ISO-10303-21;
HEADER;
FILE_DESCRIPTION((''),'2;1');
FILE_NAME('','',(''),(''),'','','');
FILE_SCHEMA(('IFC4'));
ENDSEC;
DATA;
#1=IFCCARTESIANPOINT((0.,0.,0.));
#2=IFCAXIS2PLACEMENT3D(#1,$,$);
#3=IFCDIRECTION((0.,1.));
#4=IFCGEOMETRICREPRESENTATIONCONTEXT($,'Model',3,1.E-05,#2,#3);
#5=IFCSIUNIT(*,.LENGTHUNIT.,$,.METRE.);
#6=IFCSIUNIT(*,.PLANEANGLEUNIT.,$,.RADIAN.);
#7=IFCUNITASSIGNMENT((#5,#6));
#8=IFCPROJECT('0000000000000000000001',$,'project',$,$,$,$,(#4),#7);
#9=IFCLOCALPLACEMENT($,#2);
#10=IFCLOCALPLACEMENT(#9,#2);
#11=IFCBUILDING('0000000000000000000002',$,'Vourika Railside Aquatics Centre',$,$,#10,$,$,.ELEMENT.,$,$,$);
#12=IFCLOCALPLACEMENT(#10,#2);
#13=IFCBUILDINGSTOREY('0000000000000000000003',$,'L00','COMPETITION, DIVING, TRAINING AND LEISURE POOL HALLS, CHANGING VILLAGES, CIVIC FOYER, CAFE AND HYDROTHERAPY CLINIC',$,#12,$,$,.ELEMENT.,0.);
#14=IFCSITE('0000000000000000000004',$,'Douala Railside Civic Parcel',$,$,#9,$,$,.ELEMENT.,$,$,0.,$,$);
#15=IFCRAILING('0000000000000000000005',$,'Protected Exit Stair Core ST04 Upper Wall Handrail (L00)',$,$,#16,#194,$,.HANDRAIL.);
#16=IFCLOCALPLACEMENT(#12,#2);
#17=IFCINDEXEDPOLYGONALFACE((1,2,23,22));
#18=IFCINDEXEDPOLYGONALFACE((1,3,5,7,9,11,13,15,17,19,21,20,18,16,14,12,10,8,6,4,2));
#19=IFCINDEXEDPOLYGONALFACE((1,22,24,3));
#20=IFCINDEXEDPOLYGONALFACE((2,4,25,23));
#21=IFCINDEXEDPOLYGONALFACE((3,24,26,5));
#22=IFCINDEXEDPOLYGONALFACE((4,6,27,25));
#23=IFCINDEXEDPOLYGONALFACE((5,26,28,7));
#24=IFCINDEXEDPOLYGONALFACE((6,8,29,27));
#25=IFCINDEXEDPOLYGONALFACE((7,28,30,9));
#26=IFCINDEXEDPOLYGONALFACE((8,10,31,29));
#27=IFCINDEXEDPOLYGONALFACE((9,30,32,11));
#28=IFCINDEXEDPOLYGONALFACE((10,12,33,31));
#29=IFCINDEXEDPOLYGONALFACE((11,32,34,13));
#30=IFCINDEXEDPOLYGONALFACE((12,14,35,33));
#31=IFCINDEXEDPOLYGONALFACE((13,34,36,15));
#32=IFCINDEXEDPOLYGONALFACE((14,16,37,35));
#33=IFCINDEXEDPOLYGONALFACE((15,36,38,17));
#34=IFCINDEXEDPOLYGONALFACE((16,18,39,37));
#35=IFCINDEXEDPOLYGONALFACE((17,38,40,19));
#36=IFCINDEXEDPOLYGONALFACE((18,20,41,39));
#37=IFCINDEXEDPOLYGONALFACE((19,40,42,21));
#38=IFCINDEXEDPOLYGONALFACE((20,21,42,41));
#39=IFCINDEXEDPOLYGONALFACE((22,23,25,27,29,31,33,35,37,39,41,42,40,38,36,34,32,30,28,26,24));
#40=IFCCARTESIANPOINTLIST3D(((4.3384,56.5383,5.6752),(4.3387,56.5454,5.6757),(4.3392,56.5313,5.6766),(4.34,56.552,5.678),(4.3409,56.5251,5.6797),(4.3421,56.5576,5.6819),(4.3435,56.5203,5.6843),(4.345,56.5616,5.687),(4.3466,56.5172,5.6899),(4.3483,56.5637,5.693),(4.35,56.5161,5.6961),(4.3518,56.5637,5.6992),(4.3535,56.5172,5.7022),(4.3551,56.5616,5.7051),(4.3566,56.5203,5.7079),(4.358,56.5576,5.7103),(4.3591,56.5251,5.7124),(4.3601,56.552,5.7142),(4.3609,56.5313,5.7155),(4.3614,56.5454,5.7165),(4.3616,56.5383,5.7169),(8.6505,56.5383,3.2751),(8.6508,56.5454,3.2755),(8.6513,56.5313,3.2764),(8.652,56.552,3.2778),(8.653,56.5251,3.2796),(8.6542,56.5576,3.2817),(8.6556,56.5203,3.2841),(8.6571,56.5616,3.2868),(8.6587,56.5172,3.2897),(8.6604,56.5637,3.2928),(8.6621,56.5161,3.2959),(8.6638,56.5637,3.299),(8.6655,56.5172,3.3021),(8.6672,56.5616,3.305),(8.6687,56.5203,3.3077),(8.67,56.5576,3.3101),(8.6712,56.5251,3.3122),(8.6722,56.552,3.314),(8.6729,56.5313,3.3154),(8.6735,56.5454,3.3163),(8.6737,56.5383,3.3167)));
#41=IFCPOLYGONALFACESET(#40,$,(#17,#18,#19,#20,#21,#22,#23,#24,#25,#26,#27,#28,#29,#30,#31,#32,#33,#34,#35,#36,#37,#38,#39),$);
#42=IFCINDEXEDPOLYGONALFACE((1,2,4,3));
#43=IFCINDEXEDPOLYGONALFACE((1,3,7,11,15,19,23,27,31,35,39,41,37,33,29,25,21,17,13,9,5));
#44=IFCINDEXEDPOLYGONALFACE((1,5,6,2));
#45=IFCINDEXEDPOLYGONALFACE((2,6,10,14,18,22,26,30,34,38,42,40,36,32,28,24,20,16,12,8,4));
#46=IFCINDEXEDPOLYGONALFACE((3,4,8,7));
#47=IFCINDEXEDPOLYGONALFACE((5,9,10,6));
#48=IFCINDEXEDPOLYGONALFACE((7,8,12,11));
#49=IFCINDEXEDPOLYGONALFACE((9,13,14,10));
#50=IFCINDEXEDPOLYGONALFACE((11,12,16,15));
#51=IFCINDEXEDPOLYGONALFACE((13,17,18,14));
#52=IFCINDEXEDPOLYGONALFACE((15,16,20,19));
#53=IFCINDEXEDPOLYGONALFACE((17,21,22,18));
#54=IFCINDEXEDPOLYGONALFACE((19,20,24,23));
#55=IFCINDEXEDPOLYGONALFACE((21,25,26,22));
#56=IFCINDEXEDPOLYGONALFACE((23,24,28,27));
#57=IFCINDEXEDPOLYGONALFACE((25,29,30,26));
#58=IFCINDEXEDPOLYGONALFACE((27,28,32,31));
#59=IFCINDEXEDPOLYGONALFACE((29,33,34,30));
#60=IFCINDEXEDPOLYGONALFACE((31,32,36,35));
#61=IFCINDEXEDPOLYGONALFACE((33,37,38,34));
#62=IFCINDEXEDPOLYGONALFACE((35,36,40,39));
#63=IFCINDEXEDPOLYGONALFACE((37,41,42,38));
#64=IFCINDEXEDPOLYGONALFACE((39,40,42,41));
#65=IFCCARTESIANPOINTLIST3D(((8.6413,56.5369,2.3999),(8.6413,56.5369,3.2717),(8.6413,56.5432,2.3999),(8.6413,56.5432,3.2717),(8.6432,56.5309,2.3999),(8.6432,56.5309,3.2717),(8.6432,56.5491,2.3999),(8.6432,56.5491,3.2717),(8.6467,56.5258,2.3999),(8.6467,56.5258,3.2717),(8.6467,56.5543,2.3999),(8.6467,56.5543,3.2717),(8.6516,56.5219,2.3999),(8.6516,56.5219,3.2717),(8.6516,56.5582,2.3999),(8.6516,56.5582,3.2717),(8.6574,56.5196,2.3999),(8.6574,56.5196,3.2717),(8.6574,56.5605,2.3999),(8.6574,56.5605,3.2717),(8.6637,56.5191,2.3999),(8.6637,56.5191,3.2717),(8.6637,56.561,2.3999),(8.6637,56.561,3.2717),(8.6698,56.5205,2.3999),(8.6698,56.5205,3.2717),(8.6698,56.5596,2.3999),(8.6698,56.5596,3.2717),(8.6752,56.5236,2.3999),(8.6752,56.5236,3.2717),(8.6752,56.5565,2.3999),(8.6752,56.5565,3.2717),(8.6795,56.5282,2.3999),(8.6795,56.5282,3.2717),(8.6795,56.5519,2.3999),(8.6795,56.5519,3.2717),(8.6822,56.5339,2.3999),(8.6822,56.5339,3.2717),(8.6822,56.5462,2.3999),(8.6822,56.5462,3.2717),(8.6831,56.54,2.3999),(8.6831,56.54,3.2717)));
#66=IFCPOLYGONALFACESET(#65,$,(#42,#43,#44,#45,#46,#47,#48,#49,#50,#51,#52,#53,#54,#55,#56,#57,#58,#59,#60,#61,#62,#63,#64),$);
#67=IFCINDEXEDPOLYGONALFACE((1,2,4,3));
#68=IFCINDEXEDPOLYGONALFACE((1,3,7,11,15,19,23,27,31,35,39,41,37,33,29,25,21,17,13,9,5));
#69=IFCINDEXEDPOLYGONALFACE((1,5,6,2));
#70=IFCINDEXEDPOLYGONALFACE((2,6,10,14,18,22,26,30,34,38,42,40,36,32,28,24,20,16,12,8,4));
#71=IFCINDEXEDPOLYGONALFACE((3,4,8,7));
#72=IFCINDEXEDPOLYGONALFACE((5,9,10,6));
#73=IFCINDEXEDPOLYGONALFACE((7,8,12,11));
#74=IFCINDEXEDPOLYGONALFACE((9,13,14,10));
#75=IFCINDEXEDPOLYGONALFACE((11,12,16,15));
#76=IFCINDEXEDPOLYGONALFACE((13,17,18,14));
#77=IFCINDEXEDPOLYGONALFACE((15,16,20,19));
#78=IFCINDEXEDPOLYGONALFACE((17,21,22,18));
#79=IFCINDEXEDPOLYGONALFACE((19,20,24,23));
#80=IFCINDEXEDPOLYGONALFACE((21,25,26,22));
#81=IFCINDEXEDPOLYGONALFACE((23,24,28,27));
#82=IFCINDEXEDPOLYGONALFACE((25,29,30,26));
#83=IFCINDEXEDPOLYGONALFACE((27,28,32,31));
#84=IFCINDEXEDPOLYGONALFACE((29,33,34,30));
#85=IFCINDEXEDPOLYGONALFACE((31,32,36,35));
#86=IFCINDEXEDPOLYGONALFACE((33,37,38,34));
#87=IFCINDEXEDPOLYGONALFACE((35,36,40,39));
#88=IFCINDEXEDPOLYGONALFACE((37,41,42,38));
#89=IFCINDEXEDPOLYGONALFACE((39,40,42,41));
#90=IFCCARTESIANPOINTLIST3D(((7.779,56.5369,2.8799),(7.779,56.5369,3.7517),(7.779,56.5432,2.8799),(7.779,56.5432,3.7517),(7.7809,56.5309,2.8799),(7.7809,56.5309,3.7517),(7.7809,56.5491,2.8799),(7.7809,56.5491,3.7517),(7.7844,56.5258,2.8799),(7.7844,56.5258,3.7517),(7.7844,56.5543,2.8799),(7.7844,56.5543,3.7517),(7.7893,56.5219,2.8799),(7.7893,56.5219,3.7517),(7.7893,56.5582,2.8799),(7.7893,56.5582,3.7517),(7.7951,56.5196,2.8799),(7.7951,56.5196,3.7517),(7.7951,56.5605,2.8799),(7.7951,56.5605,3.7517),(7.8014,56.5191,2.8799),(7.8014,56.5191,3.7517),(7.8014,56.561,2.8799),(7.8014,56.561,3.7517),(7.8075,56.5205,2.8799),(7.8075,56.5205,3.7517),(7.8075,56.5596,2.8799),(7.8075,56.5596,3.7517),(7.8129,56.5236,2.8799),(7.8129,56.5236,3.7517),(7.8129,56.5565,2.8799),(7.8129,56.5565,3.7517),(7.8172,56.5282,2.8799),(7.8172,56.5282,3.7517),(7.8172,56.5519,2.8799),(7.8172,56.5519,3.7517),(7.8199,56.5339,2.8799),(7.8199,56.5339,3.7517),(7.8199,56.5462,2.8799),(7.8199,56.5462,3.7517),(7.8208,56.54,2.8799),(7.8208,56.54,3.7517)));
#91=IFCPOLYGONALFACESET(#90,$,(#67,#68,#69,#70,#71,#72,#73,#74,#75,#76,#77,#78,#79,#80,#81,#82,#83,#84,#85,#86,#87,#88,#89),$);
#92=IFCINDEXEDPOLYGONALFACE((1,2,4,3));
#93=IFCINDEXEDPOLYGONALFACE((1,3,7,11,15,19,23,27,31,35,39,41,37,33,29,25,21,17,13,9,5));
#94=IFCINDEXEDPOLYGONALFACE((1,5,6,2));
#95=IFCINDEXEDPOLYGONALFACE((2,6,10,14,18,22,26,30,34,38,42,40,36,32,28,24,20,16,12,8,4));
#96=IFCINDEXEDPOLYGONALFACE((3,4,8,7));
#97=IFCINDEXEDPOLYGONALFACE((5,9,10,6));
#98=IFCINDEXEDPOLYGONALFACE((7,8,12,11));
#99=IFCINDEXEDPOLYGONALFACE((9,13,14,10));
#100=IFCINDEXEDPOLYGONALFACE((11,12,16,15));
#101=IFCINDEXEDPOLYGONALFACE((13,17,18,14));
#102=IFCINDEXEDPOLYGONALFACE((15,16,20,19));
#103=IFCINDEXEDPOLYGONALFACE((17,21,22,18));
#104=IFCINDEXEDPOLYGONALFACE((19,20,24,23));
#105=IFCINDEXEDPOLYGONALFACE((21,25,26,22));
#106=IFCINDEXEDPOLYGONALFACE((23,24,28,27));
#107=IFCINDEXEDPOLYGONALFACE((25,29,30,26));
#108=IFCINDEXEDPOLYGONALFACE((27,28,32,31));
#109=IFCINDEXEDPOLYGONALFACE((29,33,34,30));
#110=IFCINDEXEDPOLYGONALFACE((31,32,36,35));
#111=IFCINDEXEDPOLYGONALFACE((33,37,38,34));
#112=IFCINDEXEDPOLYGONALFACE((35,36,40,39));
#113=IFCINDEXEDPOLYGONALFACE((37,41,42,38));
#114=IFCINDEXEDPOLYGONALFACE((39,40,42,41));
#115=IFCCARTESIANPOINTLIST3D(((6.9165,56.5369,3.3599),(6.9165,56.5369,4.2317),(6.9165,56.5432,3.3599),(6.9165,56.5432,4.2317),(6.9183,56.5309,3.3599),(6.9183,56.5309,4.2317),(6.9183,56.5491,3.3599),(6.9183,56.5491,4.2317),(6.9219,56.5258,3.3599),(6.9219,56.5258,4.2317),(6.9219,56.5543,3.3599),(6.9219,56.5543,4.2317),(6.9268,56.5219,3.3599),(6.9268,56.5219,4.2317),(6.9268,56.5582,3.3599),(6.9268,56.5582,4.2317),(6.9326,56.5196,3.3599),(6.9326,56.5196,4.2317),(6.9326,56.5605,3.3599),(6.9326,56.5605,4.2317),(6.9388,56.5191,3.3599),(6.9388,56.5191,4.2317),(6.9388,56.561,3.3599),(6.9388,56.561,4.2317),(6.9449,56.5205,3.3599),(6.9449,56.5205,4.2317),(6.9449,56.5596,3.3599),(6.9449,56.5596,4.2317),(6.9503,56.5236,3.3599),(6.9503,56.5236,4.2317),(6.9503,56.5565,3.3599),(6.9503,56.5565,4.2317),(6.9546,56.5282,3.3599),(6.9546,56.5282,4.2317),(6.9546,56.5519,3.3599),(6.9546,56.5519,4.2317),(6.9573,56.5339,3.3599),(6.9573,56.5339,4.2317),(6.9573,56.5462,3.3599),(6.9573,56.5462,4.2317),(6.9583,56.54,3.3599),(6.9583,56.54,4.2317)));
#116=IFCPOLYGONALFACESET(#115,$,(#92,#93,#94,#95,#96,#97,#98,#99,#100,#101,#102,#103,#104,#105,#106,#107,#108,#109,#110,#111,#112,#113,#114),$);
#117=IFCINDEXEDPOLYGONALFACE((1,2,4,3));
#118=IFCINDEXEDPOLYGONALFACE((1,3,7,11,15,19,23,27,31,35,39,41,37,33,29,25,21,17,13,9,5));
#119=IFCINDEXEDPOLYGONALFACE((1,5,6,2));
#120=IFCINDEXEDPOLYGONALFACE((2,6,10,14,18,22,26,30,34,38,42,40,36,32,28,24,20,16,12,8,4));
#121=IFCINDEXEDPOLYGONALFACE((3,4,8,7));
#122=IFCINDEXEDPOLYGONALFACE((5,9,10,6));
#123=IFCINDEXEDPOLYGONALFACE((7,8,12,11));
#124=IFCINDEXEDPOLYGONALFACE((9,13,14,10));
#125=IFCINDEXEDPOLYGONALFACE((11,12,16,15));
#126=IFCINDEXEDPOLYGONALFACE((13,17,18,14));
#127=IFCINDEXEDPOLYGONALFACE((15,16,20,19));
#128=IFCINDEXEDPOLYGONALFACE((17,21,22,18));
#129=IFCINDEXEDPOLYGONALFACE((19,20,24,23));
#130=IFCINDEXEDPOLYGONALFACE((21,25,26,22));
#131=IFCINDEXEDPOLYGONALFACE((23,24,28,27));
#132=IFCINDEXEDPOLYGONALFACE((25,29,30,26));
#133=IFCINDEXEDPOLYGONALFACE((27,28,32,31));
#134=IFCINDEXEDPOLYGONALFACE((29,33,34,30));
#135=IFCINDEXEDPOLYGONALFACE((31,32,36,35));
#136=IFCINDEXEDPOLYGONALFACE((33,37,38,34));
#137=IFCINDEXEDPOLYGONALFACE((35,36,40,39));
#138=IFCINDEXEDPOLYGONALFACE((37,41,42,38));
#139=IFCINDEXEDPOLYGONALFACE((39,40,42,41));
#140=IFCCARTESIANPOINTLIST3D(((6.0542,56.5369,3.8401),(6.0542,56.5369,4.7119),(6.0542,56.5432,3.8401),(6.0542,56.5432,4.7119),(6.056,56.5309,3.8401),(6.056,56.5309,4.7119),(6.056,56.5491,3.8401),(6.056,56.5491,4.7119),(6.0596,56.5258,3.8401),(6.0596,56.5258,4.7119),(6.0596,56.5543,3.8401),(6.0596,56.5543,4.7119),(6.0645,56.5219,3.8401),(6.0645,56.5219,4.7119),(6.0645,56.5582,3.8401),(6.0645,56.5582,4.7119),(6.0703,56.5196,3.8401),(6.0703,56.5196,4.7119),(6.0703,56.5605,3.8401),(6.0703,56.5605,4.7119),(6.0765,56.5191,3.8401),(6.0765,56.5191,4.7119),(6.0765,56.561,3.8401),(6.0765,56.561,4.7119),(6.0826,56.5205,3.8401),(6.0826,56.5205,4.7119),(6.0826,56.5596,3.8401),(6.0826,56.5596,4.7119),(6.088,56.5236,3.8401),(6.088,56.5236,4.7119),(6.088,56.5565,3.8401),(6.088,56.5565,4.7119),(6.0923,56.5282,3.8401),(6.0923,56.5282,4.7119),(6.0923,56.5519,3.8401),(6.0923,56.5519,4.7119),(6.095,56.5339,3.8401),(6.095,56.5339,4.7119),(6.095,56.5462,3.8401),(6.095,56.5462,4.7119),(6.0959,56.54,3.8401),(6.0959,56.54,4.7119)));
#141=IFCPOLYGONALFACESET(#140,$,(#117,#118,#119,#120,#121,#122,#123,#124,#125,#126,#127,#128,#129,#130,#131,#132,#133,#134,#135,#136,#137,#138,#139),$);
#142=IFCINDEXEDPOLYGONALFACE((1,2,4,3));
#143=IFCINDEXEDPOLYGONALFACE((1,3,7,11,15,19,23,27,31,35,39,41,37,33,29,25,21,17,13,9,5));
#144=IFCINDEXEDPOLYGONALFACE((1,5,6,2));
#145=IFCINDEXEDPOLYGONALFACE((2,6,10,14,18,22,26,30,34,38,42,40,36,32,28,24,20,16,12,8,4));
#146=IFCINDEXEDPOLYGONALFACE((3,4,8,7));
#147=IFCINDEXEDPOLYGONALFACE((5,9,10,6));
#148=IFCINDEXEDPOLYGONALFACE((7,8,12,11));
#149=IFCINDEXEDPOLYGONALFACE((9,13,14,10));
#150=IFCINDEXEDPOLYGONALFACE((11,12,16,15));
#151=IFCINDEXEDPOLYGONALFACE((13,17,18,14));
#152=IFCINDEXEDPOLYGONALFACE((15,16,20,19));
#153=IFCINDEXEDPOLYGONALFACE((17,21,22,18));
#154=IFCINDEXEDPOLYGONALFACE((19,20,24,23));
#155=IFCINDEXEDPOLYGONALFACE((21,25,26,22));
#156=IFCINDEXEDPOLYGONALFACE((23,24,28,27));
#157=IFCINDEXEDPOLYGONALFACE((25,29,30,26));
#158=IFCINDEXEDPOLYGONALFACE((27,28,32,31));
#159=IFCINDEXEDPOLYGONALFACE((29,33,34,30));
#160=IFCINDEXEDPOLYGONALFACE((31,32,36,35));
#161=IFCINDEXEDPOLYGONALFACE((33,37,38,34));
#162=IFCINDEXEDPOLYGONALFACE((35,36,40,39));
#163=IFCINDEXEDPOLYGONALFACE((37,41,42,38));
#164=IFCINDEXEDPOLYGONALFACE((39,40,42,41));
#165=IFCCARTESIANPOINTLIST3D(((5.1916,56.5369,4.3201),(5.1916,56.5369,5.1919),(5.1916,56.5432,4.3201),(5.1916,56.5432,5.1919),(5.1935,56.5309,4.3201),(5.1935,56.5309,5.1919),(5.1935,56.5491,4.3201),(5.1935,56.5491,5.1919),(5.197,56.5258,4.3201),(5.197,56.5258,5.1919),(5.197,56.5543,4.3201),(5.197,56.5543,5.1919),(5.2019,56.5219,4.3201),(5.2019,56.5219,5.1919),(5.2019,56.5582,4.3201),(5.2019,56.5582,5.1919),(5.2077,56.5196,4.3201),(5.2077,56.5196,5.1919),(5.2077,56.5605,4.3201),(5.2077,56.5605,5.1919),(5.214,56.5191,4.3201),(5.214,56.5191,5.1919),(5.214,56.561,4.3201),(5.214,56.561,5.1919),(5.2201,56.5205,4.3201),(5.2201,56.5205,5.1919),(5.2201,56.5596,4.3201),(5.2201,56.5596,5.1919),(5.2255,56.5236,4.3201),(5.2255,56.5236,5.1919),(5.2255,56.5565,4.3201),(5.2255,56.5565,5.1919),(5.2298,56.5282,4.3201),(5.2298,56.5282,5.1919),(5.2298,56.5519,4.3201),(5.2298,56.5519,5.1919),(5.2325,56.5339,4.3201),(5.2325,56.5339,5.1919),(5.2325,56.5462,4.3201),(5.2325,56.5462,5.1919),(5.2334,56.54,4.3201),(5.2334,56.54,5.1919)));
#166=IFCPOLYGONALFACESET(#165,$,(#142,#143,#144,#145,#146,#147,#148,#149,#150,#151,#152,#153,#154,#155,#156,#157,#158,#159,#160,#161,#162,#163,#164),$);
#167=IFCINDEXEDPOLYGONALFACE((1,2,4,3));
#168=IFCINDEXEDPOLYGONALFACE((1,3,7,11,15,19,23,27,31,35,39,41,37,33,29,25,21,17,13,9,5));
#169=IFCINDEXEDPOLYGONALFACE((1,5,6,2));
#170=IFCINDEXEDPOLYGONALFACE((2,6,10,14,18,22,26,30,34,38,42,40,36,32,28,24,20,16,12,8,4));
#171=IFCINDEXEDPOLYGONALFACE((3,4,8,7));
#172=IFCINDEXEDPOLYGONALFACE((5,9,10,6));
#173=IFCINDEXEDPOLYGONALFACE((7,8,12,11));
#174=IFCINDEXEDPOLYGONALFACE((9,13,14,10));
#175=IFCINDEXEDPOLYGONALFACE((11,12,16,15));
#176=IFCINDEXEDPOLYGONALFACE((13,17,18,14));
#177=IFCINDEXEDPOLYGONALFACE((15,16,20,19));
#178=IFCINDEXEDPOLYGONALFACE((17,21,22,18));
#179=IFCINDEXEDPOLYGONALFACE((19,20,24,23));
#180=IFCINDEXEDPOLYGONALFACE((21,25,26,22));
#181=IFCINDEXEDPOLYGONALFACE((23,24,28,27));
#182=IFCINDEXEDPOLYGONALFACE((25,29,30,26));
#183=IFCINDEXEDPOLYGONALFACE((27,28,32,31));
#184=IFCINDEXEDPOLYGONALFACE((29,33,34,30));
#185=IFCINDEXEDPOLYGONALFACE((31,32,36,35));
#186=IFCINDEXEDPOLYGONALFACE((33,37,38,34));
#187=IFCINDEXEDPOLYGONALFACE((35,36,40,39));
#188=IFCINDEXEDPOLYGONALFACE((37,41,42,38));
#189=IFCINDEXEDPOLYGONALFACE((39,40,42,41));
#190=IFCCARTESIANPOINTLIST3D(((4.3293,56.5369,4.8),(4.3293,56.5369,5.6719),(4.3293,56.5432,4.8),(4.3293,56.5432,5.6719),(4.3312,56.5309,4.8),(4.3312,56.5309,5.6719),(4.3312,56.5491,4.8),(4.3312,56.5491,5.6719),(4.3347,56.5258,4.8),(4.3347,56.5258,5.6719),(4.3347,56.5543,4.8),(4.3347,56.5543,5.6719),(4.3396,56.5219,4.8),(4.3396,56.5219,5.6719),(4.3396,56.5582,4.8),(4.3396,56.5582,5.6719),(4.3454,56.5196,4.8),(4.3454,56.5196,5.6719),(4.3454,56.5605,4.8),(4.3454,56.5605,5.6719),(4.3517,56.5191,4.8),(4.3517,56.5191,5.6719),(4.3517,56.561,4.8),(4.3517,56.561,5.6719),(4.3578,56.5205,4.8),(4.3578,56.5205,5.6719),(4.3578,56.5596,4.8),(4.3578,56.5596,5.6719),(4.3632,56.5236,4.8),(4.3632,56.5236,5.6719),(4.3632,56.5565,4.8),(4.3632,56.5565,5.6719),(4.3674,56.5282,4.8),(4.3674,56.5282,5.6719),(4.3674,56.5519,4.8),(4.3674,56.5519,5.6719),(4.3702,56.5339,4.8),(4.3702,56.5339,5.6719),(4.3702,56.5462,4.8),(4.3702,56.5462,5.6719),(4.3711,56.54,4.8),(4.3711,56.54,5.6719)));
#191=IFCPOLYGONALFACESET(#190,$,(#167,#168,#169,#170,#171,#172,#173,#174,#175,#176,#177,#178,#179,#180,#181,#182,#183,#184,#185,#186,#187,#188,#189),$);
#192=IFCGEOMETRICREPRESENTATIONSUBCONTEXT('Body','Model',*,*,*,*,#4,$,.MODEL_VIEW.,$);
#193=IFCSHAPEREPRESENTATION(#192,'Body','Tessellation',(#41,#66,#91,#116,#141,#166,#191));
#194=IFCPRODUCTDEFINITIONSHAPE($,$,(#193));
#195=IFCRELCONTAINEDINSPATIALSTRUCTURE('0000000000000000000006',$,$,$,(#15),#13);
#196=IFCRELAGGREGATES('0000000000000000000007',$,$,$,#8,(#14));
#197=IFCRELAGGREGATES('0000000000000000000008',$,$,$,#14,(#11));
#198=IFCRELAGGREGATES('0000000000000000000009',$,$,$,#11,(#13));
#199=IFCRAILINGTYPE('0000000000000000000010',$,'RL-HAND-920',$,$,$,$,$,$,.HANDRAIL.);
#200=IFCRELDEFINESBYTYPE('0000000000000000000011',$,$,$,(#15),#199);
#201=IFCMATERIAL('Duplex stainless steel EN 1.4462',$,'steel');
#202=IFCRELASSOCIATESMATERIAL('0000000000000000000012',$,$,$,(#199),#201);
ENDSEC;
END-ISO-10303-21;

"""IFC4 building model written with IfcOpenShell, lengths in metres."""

from ifc_helpers import new_model, si_unit, direction, frame, origin, origin_2d, place, context, subcontext, project, spatial, circle, extrude, material, type_object, element, save


model = new_model("IFC4")

# Units and contexts
model_context = context("Model", 3, precision=1e-05, world=origin(), true_north=direction((0.0, 1.0)))
body_context = subcontext(model_context, "Body", "Model", "MODEL_VIEW")
ifc_project = project(units=[si_unit("LENGTHUNIT", "METRE"), si_unit("PLANEANGLEUNIT", "RADIAN")], contexts=[model_context])

# Site, building, storey
site_placement = place(None, origin())
site = spatial("IfcSite", under=ifc_project, at=site_placement, Name="Douala Railside Civic Parcel", CompositionType="ELEMENT", RefElevation=0.0)
building_placement = place(site_placement, origin())
building = spatial("IfcBuilding", under=site, at=building_placement, Name="Vourika Railside Aquatics Centre", CompositionType="ELEMENT")
storey_placement = place(building_placement, origin())
storey = spatial("IfcBuildingStorey", under=building, at=storey_placement, Name="L00", Description="COMPETITION, DIVING, TRAINING AND LEISURE POOL HALLS, CHANGING VILLAGES, CIVIC FOYER, CAFE AND HYDROTHERAPY CLINIC", CompositionType="ELEMENT", Elevation=0.0)

# Railing
ifc_material_1 = material(Name="Duplex stainless steel EN 1.4462", Category="steel")
railing_type_1 = type_object("IfcRailingType", Name="RL-HAND-920", PredefinedType="HANDRAIL", material=ifc_material_1)
railing_1_placement = place(storey_placement, frame((8.6621, 56.54, 2.3999)))
element("IfcRailing", 1, at=railing_1_placement, inside=storey, type_object=railing_type_1, Name="Protected Exit Stair Core ST04 Upper Wall Handrail (L00)", PredefinedType="HANDRAIL", context=body_context, shape_type="SweptSolid", body=[
    extrude(circle(Radius=0.0239, at=origin_2d()), frame((0.0, 0.0, 0.896), z_axis=(-0.873763, 0.0, 0.486353), x_axis=(0.0, -1.0, 0.0)), (0.0, 0.0, 1.0), 4.9351),
    extrude(circle(Radius=0.021, at=origin_2d()), origin(), (0.0, 0.0, 1.0), 0.8718),
    extrude(circle(Radius=0.021, at=origin_2d()), frame((-0.8623, 0.0, 0.48)), (0.0, 0.0, 1.0), 0.8718),
    extrude(circle(Radius=0.021, at=origin_2d()), frame((-1.7249, 0.0, 0.96)), (0.0, 0.0, 1.0), 0.8718),
    extrude(circle(Radius=0.021, at=origin_2d()), frame((-2.5872, 0.0, 1.4402)), (0.0, 0.0, 1.0), 0.8718),
    extrude(circle(Radius=0.021, at=origin_2d()), frame((-3.4497, 0.0, 1.9202)), (0.0, 0.0, 1.0), 0.8718),
    extrude(circle(Radius=0.021, at=origin_2d()), frame((-4.312, 0.0, 2.4001)), (0.0, 0.0, 1.0), 0.8718),
])

save(model, "model.ifc")
